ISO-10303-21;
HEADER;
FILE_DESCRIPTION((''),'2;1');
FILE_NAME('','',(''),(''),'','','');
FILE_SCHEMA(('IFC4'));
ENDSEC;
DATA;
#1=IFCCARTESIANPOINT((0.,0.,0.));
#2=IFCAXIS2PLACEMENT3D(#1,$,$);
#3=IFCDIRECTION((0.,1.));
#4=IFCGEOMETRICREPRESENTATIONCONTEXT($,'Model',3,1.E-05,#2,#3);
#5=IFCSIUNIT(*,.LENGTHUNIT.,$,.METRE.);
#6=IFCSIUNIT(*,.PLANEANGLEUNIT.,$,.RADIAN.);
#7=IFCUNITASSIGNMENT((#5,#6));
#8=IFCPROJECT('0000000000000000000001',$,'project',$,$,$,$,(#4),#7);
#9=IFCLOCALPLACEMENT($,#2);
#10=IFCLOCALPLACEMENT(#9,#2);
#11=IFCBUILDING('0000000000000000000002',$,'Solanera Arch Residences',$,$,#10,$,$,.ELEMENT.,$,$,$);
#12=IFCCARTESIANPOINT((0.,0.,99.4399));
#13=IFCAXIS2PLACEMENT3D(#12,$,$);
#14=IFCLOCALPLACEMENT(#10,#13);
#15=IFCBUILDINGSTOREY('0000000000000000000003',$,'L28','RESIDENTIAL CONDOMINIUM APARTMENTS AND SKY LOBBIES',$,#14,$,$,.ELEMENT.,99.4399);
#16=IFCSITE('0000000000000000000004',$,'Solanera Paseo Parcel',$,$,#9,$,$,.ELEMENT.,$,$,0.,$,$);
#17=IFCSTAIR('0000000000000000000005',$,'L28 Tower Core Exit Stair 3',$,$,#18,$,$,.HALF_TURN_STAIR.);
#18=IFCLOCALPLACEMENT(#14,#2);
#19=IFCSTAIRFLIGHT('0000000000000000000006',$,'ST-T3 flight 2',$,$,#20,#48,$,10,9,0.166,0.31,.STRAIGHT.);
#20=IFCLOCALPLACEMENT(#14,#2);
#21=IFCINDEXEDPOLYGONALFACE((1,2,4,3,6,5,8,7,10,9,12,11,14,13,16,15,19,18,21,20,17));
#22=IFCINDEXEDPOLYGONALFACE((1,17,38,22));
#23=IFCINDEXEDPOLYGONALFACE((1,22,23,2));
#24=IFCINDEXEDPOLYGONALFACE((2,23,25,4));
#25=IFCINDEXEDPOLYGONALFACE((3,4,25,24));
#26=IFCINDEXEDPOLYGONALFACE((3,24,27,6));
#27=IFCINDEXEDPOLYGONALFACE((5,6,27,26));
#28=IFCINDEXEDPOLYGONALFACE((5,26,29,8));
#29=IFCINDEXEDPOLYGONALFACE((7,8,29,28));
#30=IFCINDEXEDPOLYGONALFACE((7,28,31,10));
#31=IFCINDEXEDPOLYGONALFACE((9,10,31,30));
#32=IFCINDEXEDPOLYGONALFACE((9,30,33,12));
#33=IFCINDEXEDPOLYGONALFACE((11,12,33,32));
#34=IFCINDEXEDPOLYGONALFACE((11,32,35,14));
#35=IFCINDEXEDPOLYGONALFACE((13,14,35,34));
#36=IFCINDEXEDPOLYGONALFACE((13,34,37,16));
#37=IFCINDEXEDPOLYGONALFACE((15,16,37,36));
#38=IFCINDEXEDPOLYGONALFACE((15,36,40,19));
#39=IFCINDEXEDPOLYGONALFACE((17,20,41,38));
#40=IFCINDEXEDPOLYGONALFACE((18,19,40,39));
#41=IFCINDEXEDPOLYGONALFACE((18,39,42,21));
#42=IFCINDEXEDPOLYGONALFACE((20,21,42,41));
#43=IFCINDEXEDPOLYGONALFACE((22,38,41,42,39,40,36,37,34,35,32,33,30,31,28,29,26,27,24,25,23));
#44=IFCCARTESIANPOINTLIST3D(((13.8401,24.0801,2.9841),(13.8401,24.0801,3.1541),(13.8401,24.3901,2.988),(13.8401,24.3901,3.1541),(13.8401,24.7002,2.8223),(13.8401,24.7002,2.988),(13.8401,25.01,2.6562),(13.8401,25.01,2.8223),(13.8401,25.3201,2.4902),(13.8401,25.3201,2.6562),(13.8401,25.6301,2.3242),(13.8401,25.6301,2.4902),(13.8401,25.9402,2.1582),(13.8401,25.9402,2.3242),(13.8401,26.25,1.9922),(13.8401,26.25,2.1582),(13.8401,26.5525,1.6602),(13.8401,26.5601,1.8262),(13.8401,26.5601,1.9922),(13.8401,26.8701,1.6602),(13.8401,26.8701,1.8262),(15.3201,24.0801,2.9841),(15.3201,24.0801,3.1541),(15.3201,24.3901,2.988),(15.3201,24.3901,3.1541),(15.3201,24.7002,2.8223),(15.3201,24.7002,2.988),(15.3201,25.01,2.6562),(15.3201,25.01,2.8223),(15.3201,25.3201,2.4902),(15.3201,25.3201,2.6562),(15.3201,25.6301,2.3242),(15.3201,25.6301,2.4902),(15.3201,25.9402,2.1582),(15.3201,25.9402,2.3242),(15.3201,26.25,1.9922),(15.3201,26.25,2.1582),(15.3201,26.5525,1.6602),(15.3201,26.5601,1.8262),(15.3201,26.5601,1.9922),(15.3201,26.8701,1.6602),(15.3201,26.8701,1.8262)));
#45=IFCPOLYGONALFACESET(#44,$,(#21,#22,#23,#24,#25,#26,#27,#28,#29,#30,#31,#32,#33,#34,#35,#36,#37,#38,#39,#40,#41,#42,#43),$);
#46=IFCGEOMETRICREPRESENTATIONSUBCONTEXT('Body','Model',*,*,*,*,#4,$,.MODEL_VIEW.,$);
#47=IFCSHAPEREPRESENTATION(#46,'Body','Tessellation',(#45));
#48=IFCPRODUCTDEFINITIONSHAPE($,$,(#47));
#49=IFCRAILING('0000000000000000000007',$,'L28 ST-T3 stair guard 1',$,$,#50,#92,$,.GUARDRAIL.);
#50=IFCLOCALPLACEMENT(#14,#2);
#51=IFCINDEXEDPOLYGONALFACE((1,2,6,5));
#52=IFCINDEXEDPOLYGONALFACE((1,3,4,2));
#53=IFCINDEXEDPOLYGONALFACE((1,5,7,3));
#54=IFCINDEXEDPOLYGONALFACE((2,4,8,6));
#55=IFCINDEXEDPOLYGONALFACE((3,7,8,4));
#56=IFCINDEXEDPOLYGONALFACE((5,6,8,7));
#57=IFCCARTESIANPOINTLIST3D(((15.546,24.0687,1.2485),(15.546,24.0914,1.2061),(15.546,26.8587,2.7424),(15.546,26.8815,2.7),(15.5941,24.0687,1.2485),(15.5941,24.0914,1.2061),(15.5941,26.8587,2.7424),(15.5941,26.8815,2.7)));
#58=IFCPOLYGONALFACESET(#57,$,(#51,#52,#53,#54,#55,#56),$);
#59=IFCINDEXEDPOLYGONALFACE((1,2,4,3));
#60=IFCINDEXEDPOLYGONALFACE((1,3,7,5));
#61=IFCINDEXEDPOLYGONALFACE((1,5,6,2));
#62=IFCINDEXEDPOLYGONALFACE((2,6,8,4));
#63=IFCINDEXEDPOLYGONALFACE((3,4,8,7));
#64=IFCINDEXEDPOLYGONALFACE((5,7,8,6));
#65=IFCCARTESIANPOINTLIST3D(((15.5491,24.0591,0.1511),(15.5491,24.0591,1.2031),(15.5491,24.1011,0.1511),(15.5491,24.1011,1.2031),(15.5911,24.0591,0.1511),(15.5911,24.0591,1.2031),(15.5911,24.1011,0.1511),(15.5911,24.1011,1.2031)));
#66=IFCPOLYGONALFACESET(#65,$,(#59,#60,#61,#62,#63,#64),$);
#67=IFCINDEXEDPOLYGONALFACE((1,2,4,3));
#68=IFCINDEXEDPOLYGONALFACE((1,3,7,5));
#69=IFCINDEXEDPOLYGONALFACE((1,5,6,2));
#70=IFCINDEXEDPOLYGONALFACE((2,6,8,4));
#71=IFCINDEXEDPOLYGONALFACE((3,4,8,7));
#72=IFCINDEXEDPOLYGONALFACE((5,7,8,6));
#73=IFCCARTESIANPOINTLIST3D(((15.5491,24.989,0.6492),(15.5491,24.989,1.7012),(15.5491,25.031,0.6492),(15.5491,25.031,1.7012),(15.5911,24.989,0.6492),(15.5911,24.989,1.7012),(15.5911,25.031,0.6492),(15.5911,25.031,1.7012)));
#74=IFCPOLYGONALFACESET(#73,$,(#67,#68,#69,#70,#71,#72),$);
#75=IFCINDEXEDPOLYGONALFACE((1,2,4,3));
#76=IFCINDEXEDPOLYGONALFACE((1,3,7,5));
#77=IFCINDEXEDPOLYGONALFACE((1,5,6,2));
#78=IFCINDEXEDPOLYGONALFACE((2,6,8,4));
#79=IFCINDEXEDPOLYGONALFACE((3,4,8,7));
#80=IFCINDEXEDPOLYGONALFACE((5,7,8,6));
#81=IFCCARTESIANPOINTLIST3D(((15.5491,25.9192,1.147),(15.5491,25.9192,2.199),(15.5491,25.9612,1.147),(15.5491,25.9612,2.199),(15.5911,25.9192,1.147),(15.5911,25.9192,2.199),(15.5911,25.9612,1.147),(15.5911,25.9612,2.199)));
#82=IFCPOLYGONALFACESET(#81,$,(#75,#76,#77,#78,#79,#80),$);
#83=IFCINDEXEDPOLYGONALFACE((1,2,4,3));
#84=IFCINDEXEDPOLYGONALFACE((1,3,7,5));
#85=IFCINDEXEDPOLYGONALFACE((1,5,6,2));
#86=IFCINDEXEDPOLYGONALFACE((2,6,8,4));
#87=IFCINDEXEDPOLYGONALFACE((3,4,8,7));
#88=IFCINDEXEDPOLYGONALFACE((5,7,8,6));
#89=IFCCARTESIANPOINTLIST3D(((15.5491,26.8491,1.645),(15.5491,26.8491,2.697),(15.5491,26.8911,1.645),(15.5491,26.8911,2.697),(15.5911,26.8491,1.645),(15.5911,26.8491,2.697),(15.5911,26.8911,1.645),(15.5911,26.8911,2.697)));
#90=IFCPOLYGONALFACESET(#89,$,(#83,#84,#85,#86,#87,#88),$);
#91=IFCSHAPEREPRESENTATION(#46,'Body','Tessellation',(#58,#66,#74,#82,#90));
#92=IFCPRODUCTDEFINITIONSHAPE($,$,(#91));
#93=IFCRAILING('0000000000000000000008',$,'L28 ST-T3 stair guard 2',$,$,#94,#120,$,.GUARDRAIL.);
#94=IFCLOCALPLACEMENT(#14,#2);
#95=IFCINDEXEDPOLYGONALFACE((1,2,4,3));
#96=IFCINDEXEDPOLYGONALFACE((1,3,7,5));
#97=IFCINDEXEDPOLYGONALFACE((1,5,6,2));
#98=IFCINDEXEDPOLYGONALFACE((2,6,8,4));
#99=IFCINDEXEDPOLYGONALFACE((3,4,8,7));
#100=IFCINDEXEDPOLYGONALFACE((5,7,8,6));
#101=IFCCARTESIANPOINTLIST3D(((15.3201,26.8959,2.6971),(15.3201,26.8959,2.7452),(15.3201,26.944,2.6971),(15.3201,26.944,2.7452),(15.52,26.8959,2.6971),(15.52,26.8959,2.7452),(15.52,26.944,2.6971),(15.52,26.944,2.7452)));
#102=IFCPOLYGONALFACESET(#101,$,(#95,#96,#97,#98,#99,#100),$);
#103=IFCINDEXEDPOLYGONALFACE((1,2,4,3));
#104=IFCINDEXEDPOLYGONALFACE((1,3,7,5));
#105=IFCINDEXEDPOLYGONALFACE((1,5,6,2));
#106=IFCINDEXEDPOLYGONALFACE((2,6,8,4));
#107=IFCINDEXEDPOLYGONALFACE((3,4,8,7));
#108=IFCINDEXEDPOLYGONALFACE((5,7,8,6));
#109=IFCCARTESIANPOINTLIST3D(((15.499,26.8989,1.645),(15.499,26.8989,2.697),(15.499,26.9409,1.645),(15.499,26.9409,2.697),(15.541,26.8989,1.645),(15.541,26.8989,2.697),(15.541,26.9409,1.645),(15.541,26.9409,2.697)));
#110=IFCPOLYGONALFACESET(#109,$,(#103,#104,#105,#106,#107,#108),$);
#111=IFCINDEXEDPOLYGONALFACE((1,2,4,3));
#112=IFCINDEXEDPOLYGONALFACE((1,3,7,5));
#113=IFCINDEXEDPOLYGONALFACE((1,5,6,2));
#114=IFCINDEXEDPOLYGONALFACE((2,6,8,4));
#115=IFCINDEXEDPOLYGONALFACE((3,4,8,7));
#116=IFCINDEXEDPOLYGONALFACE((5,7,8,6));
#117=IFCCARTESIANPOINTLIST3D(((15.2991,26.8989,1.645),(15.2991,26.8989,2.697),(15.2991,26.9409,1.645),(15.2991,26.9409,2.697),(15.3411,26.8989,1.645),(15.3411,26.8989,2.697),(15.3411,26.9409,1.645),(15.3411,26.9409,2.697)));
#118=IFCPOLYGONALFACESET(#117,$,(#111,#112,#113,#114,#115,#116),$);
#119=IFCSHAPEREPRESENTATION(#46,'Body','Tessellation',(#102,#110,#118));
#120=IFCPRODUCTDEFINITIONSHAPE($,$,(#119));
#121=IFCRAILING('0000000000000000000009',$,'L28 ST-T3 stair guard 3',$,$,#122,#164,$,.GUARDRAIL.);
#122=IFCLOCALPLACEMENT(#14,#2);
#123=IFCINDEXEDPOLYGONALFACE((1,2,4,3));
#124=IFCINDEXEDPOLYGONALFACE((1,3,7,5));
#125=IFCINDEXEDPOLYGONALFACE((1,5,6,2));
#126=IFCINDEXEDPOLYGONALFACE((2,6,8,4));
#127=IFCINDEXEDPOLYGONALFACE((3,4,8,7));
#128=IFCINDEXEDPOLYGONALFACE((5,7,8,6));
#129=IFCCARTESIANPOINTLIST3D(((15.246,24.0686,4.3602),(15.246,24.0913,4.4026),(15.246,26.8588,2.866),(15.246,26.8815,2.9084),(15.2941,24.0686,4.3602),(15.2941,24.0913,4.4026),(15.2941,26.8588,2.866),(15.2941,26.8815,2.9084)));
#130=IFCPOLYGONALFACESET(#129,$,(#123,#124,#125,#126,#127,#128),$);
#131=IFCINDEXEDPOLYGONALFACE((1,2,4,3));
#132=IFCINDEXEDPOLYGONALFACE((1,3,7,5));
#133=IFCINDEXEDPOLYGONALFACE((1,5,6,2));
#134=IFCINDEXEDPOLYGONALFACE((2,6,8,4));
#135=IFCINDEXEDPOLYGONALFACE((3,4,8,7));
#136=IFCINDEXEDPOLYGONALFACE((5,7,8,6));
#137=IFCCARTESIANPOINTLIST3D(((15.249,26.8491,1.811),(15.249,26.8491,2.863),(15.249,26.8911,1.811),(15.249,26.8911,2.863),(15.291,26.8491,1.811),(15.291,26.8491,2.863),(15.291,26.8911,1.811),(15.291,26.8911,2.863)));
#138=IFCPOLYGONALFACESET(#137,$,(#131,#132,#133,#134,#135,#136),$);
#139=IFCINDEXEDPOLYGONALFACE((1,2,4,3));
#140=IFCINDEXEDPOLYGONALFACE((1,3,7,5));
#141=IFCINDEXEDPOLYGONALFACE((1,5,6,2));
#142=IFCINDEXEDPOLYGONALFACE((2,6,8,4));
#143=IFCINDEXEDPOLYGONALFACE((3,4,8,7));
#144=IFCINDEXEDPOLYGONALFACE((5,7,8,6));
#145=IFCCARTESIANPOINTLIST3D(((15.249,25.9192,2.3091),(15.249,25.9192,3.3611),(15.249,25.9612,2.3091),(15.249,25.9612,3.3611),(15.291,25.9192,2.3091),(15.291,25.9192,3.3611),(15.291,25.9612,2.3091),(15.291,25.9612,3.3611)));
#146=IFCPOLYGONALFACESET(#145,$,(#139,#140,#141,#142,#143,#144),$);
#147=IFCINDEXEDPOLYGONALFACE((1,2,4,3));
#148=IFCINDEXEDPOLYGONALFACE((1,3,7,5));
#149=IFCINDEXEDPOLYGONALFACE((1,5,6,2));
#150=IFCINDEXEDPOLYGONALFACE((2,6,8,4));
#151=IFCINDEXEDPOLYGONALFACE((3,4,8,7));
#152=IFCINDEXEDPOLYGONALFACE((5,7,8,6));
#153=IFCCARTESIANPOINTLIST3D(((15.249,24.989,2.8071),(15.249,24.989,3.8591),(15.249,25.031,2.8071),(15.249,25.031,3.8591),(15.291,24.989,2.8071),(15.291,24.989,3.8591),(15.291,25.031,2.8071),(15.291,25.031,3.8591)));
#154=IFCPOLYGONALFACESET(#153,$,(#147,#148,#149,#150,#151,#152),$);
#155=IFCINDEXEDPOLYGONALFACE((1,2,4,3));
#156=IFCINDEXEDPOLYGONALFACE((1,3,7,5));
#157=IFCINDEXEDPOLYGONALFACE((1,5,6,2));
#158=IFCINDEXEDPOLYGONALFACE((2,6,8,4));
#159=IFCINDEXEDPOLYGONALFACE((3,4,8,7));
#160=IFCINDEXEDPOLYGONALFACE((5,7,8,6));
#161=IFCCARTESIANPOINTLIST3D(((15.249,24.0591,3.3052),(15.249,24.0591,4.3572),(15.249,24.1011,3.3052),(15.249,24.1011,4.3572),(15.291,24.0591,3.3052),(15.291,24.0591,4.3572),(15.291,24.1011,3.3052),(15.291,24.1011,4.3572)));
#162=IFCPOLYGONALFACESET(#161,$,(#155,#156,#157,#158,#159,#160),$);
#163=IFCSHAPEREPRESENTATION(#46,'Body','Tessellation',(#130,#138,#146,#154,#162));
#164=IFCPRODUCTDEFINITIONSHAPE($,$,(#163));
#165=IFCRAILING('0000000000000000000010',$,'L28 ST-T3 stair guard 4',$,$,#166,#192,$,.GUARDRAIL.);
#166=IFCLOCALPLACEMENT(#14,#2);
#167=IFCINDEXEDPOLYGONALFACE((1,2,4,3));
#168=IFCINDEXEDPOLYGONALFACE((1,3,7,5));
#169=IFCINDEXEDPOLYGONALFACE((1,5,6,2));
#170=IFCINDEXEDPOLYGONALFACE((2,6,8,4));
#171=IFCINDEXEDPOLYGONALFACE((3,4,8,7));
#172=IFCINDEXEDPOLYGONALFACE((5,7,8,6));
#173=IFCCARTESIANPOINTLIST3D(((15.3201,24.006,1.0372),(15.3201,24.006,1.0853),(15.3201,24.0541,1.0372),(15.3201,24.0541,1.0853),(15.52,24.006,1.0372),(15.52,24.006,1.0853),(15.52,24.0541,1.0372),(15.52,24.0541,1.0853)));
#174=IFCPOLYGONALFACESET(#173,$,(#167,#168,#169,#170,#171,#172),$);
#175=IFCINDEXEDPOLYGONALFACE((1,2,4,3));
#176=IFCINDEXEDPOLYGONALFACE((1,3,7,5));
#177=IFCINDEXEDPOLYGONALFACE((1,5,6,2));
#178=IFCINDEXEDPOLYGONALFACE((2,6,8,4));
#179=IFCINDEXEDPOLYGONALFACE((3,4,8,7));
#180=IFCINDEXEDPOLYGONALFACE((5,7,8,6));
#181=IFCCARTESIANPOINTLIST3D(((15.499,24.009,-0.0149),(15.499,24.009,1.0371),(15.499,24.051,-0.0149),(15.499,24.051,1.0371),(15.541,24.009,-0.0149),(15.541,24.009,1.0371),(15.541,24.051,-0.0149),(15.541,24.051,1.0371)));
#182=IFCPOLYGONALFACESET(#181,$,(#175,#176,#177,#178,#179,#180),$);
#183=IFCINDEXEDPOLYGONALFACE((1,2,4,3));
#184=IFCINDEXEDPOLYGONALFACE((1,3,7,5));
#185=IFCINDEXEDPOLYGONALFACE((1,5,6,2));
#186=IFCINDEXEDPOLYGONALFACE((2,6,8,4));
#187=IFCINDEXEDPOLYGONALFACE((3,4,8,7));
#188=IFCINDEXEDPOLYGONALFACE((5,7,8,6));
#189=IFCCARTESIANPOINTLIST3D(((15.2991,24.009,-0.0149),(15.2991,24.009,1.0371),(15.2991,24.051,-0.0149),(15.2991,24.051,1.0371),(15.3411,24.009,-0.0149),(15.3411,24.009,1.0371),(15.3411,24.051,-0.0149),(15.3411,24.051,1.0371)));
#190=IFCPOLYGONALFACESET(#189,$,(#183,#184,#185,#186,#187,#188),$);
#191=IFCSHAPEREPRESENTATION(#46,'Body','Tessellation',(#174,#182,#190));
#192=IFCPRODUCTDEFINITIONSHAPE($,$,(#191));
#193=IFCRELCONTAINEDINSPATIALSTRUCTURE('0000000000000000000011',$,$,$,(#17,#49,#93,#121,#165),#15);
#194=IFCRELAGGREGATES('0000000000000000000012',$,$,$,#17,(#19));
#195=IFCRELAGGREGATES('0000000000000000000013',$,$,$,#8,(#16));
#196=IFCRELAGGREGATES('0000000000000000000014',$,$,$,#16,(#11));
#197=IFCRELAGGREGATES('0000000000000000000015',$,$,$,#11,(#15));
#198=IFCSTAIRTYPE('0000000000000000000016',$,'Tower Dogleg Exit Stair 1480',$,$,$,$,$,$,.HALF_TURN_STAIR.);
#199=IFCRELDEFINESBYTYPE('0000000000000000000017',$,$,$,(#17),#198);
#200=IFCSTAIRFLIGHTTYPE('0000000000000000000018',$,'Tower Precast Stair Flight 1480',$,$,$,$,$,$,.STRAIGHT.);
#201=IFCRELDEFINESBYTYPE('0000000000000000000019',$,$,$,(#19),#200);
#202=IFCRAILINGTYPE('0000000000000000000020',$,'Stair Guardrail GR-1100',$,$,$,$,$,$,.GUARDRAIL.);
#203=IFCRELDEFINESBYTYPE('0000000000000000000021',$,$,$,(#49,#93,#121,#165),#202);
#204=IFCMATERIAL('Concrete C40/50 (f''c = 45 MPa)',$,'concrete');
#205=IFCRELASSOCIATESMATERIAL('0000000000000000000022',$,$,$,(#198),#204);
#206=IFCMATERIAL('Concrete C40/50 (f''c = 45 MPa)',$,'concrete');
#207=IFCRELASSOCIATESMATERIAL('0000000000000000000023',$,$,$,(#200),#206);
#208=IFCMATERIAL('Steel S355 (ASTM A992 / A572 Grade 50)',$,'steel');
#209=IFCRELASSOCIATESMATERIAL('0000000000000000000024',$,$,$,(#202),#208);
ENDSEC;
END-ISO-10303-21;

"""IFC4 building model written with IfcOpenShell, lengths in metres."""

from ifc_helpers import new_model, si_unit, direction, frame, origin, origin_2d, place, context, subcontext, project, spatial, polyline, rectangle, outline, extrude, material, type_object, element, aggregate, save


model = new_model("IFC4")

# Units and contexts
model_context = context("Model", 3, precision=1e-05, world=origin(), true_north=direction((0.0, 1.0)))
body_context = subcontext(model_context, "Body", "Model", "MODEL_VIEW")
ifc_project = project(units=[si_unit("LENGTHUNIT", "METRE"), si_unit("PLANEANGLEUNIT", "RADIAN")], contexts=[model_context])

# Site, building, storey
site_placement = place(None, origin())
site = spatial("IfcSite", under=ifc_project, at=site_placement, Name="Solanera Paseo Parcel", CompositionType="ELEMENT", RefElevation=0.0)
building_placement = place(site_placement, origin())
building = spatial("IfcBuilding", under=site, at=building_placement, Name="Solanera Arch Residences", CompositionType="ELEMENT")
storey_placement = place(building_placement, frame((0.0, 0.0, 99.4399)))
storey = spatial("IfcBuildingStorey", under=building, at=storey_placement, Name="L28", Description="RESIDENTIAL CONDOMINIUM APARTMENTS AND SKY LOBBIES", CompositionType="ELEMENT", Elevation=99.4399)

# Stair, stair flight
ifc_material_1 = material(Name="Concrete C40/50 (f'c = 45 MPa)", Category="concrete")
stair_type = type_object("IfcStairType", Name="Tower Dogleg Exit Stair 1480", PredefinedType="HALF_TURN_STAIR", material=ifc_material_1)
stair_placement = place(storey_placement, origin())
stair = element("IfcStair", 1, at=stair_placement, inside=storey, type_object=stair_type, Name="L28 Tower Core Exit Stair 3", PredefinedType="HALF_TURN_STAIR")
ifc_material_2 = material(Name="Concrete C40/50 (f'c = 45 MPa)", Category="concrete")
stair_flight_type = type_object("IfcStairFlightType", Name="Tower Precast Stair Flight 1480", PredefinedType="STRAIGHT", material=ifc_material_2)
stair_flight_1_placement = place(storey_placement, frame((14.5801, 26.8701, 1.6602), z_axis=(0.0, 0.0, 1.0), x_axis=(0.0, -1.0, 0.0)))
stair_flight_1 = element("IfcStairFlight", 2, at=stair_flight_1_placement, type_object=stair_flight_type, Name="ST-T3 flight 2", NumberOfRisers=10, NumberOfTreads=9, PredefinedType="STRAIGHT", RiserHeight=0.166, TreadLength=0.31, context=body_context, shape_type="SweptSolid", body=[
    extrude(outline(polyline([(0.0, 0.0), (0.0, 0.166), (0.3101, 0.166), (0.3101, 0.332), (0.6201, 0.332), (0.6201, 0.498), (0.9299, 0.498), (0.9299, 0.6641), (1.24, 0.6641), (1.24, 0.8301), (1.55, 0.8301), (1.55, 0.9961), (1.8601, 0.9961), (1.8601, 1.1621), (2.1699, 1.1621), (2.1699, 1.3279), (2.48, 1.3279), (2.48, 1.4939), (2.79, 1.4939), (2.79, 1.6599), (2.79, 1.324), (0.3176, 0.0), (0.0, 0.0)])), frame((0.0, 0.74, 0.0), z_axis=(0.0, -1.0, 0.0), x_axis=(1.0, 0.0, 0.0)), (0.0, 0.0, 1.0), 1.48),
])
aggregate(stair, [stair_flight_1])

# Railings
ifc_material_3 = material(Name="Steel S355 (ASTM A992 / A572 Grade 50)", Category="steel")
railing_type_1 = type_object("IfcRailingType", Name="Stair Guardrail GR-1100", PredefinedType="GUARDRAIL", material=ifc_material_3)
railing_1_placement = place(storey_placement, frame((15.5701, 24.0801, 0.1511)))
element("IfcRailing", 3, at=railing_1_placement, inside=storey, type_object=railing_type_1, Name="L28 ST-T3 stair guard 1", PredefinedType="GUARDRAIL", context=body_context, shape_type="SweptSolid", body=[
    extrude(rectangle(XDim=0.0481, YDim=0.0481, at=origin_2d()), frame((0.0, 0.0, 1.0762), z_axis=(0.0, 0.881581, 0.472033), x_axis=(-1.0, 0.0, 0.0)), (0.0, 0.0, 1.0), 3.1648),
    extrude(rectangle(XDim=0.042, YDim=0.042, at=origin_2d()), origin(), (0.0, 0.0, 1.0), 1.052),
    extrude(rectangle(XDim=0.042, YDim=0.042, at=origin_2d()), frame((0.0, 0.9299, 0.498)), (0.0, 0.0, 1.0), 1.052),
    extrude(rectangle(XDim=0.042, YDim=0.042, at=origin_2d()), frame((0.0, 1.8601, 0.9958)), (0.0, 0.0, 1.0), 1.052),
    extrude(rectangle(XDim=0.042, YDim=0.042, at=origin_2d()), frame((0.0, 2.79, 1.4939)), (0.0, 0.0, 1.0), 1.052),
])
railing_2_placement = place(storey_placement, frame((15.52, 26.9199, 1.645)))
element("IfcRailing", 4, at=railing_2_placement, inside=storey, type_object=railing_type_1, Name="L28 ST-T3 stair guard 2", PredefinedType="GUARDRAIL", context=body_context, shape_type="SweptSolid", body=[
    extrude(rectangle(XDim=0.0481, YDim=0.0481, at=origin_2d()), frame((0.0, 0.0, 1.0762), z_axis=(-1.0, 0.0, 0.0), x_axis=(0.0, -1.0, 0.0)), (0.0, 0.0, 1.0), 0.2),
    extrude(rectangle(XDim=0.042, YDim=0.042, at=origin_2d()), origin(), (0.0, 0.0, 1.0), 1.052),
    extrude(rectangle(XDim=0.042, YDim=0.042, at=origin_2d()), frame((-0.2, 0.0, 0.0)), (0.0, 0.0, 1.0), 1.052),
])
railing_3_placement = place(storey_placement, frame((15.27, 26.8701, 1.811)))
element("IfcRailing", 5, at=railing_3_placement, inside=storey, type_object=railing_type_1, Name="L28 ST-T3 stair guard 3", PredefinedType="GUARDRAIL", context=body_context, shape_type="SweptSolid", body=[
    extrude(rectangle(XDim=0.0481, YDim=0.0481, at=origin_2d()), frame((0.0, 0.0, 1.0762), z_axis=(0.0, -0.881549, 0.472093), x_axis=(1.0, 0.0, 0.0)), (0.0, 0.0, 1.0), 3.165),
    extrude(rectangle(XDim=0.042, YDim=0.042, at=origin_2d()), origin(), (0.0, 0.0, 1.0), 1.052),
    extrude(rectangle(XDim=0.042, YDim=0.042, at=origin_2d()), frame((0.0, -0.9299, 0.498)), (0.0, 0.0, 1.0), 1.052),
    extrude(rectangle(XDim=0.042, YDim=0.042, at=origin_2d()), frame((0.0, -1.8601, 0.9961)), (0.0, 0.0, 1.0), 1.052),
    extrude(rectangle(XDim=0.042, YDim=0.042, at=origin_2d()), frame((0.0, -2.79, 1.4941)), (0.0, 0.0, 1.0), 1.052),
])
railing_4_placement = place(storey_placement, frame((15.52, 24.03, -0.0149)))
element("IfcRailing", 6, at=railing_4_placement, inside=storey, type_object=railing_type_1, Name="L28 ST-T3 stair guard 4", PredefinedType="GUARDRAIL", context=body_context, shape_type="SweptSolid", body=[
    extrude(rectangle(XDim=0.0481, YDim=0.0481, at=origin_2d()), frame((0.0, 0.0, 1.0762), z_axis=(-1.0, 0.0, 0.0), x_axis=(0.0, -1.0, 0.0)), (0.0, 0.0, 1.0), 0.2),
    extrude(rectangle(XDim=0.042, YDim=0.042, at=origin_2d()), origin(), (0.0, 0.0, 1.0), 1.052),
    extrude(rectangle(XDim=0.042, YDim=0.042, at=origin_2d()), frame((-0.2, 0.0, 0.0)), (0.0, 0.0, 1.0), 1.052),
])

save(model, "model.ifc")
